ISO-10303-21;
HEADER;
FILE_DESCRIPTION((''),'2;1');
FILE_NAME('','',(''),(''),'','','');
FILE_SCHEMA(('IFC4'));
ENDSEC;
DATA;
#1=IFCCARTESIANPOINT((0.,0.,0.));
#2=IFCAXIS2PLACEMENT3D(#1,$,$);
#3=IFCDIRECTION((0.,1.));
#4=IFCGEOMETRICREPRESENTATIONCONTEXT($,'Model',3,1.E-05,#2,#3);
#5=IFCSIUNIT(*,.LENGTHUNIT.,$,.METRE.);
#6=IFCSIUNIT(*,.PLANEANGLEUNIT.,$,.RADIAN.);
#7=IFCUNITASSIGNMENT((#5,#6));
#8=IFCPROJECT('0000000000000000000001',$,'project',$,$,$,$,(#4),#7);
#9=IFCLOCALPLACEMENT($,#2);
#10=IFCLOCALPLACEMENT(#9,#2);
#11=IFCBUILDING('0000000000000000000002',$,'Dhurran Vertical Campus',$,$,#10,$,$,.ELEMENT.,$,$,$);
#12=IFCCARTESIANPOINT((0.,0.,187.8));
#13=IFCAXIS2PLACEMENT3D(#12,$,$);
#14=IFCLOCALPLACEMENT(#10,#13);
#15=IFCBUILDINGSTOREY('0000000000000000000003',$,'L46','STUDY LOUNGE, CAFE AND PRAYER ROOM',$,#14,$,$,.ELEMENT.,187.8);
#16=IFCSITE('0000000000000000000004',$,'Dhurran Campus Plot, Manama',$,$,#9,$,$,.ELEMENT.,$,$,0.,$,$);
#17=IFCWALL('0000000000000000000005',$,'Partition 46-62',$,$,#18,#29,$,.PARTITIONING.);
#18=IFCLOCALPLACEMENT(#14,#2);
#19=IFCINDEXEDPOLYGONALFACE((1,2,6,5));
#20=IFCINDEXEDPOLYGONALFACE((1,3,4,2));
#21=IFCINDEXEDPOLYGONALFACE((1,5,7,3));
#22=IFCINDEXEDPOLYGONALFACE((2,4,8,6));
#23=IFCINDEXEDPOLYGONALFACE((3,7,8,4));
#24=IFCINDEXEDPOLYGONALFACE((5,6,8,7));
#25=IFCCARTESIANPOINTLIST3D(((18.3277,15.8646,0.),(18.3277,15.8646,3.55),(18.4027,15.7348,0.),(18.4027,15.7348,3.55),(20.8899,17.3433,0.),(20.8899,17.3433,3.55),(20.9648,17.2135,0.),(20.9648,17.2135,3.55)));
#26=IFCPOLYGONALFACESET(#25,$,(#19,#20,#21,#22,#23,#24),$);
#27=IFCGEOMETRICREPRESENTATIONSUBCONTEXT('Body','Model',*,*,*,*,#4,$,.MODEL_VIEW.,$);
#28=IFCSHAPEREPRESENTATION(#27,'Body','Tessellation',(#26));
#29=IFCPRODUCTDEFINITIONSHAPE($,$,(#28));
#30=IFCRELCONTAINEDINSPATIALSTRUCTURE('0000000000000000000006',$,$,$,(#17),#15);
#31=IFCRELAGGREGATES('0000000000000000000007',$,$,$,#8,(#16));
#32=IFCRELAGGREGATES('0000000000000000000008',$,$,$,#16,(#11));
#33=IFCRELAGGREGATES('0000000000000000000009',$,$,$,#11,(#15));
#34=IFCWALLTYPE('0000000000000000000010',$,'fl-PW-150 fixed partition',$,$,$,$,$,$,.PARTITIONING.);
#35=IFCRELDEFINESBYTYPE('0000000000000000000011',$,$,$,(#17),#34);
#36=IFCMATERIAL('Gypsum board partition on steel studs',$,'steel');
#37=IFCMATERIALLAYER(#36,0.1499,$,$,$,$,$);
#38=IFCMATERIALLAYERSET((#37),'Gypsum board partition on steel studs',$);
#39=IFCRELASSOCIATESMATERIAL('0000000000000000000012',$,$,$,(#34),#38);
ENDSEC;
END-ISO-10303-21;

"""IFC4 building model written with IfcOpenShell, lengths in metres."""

from ifc_helpers import new_model, si_unit, direction, frame, frame_2d, origin, place, context, subcontext, project, spatial, rectangle, extrude, material, layer, layer_set, type_object, element, save


model = new_model("IFC4")

# Units and contexts
model_context = context("Model", 3, precision=1e-05, world=origin(), true_north=direction((0.0, 1.0)))
body_context = subcontext(model_context, "Body", "Model", "MODEL_VIEW")
ifc_project = project(units=[si_unit("LENGTHUNIT", "METRE"), si_unit("PLANEANGLEUNIT", "RADIAN")], contexts=[model_context])

# Site, building, storey
site_placement = place(None, origin())
site = spatial("IfcSite", under=ifc_project, at=site_placement, Name="Dhurran Campus Plot, Manama", CompositionType="ELEMENT", RefElevation=0.0)
building_placement = place(site_placement, origin())
building = spatial("IfcBuilding", under=site, at=building_placement, Name="Dhurran Vertical Campus", CompositionType="ELEMENT")
storey_placement = place(building_placement, frame((0.0, 0.0, 187.8)))
storey = spatial("IfcBuildingStorey", under=building, at=storey_placement, Name="L46", Description="STUDY LOUNGE, CAFE AND PRAYER ROOM", CompositionType="ELEMENT", Elevation=187.8)

# Wall
ifc_material_1 = material(Name="Gypsum board partition on steel studs", Category="steel")
ifc_layer_1 = layer(ifc_material_1, 0.1499)
ifc_layer_set_1 = layer_set([ifc_layer_1], Name="Gypsum board partition on steel studs")
wall_type_1 = type_object("IfcWallType", Name="fl-PW-150 fixed partition", PredefinedType="PARTITIONING", material=ifc_layer_set_1)
wall_1_placement = place(storey_placement, frame((20.9272, 17.2783, 0.0), z_axis=(0.0, 0.0, 1.0), x_axis=(-0.866107, -0.499858, 0.0)))
element("IfcWall", 1, at=wall_1_placement, inside=storey, type_object=wall_type_1, Name="Partition 46-62", PredefinedType="PARTITIONING", context=body_context, shape_type="SweptSolid", body=[
    extrude(rectangle(XDim=2.9583, YDim=0.1499, at=frame_2d((1.479, 0.0))), origin(), (0.0, 0.0, 1.0), 3.55),
])

save(model, "model.ifc")
